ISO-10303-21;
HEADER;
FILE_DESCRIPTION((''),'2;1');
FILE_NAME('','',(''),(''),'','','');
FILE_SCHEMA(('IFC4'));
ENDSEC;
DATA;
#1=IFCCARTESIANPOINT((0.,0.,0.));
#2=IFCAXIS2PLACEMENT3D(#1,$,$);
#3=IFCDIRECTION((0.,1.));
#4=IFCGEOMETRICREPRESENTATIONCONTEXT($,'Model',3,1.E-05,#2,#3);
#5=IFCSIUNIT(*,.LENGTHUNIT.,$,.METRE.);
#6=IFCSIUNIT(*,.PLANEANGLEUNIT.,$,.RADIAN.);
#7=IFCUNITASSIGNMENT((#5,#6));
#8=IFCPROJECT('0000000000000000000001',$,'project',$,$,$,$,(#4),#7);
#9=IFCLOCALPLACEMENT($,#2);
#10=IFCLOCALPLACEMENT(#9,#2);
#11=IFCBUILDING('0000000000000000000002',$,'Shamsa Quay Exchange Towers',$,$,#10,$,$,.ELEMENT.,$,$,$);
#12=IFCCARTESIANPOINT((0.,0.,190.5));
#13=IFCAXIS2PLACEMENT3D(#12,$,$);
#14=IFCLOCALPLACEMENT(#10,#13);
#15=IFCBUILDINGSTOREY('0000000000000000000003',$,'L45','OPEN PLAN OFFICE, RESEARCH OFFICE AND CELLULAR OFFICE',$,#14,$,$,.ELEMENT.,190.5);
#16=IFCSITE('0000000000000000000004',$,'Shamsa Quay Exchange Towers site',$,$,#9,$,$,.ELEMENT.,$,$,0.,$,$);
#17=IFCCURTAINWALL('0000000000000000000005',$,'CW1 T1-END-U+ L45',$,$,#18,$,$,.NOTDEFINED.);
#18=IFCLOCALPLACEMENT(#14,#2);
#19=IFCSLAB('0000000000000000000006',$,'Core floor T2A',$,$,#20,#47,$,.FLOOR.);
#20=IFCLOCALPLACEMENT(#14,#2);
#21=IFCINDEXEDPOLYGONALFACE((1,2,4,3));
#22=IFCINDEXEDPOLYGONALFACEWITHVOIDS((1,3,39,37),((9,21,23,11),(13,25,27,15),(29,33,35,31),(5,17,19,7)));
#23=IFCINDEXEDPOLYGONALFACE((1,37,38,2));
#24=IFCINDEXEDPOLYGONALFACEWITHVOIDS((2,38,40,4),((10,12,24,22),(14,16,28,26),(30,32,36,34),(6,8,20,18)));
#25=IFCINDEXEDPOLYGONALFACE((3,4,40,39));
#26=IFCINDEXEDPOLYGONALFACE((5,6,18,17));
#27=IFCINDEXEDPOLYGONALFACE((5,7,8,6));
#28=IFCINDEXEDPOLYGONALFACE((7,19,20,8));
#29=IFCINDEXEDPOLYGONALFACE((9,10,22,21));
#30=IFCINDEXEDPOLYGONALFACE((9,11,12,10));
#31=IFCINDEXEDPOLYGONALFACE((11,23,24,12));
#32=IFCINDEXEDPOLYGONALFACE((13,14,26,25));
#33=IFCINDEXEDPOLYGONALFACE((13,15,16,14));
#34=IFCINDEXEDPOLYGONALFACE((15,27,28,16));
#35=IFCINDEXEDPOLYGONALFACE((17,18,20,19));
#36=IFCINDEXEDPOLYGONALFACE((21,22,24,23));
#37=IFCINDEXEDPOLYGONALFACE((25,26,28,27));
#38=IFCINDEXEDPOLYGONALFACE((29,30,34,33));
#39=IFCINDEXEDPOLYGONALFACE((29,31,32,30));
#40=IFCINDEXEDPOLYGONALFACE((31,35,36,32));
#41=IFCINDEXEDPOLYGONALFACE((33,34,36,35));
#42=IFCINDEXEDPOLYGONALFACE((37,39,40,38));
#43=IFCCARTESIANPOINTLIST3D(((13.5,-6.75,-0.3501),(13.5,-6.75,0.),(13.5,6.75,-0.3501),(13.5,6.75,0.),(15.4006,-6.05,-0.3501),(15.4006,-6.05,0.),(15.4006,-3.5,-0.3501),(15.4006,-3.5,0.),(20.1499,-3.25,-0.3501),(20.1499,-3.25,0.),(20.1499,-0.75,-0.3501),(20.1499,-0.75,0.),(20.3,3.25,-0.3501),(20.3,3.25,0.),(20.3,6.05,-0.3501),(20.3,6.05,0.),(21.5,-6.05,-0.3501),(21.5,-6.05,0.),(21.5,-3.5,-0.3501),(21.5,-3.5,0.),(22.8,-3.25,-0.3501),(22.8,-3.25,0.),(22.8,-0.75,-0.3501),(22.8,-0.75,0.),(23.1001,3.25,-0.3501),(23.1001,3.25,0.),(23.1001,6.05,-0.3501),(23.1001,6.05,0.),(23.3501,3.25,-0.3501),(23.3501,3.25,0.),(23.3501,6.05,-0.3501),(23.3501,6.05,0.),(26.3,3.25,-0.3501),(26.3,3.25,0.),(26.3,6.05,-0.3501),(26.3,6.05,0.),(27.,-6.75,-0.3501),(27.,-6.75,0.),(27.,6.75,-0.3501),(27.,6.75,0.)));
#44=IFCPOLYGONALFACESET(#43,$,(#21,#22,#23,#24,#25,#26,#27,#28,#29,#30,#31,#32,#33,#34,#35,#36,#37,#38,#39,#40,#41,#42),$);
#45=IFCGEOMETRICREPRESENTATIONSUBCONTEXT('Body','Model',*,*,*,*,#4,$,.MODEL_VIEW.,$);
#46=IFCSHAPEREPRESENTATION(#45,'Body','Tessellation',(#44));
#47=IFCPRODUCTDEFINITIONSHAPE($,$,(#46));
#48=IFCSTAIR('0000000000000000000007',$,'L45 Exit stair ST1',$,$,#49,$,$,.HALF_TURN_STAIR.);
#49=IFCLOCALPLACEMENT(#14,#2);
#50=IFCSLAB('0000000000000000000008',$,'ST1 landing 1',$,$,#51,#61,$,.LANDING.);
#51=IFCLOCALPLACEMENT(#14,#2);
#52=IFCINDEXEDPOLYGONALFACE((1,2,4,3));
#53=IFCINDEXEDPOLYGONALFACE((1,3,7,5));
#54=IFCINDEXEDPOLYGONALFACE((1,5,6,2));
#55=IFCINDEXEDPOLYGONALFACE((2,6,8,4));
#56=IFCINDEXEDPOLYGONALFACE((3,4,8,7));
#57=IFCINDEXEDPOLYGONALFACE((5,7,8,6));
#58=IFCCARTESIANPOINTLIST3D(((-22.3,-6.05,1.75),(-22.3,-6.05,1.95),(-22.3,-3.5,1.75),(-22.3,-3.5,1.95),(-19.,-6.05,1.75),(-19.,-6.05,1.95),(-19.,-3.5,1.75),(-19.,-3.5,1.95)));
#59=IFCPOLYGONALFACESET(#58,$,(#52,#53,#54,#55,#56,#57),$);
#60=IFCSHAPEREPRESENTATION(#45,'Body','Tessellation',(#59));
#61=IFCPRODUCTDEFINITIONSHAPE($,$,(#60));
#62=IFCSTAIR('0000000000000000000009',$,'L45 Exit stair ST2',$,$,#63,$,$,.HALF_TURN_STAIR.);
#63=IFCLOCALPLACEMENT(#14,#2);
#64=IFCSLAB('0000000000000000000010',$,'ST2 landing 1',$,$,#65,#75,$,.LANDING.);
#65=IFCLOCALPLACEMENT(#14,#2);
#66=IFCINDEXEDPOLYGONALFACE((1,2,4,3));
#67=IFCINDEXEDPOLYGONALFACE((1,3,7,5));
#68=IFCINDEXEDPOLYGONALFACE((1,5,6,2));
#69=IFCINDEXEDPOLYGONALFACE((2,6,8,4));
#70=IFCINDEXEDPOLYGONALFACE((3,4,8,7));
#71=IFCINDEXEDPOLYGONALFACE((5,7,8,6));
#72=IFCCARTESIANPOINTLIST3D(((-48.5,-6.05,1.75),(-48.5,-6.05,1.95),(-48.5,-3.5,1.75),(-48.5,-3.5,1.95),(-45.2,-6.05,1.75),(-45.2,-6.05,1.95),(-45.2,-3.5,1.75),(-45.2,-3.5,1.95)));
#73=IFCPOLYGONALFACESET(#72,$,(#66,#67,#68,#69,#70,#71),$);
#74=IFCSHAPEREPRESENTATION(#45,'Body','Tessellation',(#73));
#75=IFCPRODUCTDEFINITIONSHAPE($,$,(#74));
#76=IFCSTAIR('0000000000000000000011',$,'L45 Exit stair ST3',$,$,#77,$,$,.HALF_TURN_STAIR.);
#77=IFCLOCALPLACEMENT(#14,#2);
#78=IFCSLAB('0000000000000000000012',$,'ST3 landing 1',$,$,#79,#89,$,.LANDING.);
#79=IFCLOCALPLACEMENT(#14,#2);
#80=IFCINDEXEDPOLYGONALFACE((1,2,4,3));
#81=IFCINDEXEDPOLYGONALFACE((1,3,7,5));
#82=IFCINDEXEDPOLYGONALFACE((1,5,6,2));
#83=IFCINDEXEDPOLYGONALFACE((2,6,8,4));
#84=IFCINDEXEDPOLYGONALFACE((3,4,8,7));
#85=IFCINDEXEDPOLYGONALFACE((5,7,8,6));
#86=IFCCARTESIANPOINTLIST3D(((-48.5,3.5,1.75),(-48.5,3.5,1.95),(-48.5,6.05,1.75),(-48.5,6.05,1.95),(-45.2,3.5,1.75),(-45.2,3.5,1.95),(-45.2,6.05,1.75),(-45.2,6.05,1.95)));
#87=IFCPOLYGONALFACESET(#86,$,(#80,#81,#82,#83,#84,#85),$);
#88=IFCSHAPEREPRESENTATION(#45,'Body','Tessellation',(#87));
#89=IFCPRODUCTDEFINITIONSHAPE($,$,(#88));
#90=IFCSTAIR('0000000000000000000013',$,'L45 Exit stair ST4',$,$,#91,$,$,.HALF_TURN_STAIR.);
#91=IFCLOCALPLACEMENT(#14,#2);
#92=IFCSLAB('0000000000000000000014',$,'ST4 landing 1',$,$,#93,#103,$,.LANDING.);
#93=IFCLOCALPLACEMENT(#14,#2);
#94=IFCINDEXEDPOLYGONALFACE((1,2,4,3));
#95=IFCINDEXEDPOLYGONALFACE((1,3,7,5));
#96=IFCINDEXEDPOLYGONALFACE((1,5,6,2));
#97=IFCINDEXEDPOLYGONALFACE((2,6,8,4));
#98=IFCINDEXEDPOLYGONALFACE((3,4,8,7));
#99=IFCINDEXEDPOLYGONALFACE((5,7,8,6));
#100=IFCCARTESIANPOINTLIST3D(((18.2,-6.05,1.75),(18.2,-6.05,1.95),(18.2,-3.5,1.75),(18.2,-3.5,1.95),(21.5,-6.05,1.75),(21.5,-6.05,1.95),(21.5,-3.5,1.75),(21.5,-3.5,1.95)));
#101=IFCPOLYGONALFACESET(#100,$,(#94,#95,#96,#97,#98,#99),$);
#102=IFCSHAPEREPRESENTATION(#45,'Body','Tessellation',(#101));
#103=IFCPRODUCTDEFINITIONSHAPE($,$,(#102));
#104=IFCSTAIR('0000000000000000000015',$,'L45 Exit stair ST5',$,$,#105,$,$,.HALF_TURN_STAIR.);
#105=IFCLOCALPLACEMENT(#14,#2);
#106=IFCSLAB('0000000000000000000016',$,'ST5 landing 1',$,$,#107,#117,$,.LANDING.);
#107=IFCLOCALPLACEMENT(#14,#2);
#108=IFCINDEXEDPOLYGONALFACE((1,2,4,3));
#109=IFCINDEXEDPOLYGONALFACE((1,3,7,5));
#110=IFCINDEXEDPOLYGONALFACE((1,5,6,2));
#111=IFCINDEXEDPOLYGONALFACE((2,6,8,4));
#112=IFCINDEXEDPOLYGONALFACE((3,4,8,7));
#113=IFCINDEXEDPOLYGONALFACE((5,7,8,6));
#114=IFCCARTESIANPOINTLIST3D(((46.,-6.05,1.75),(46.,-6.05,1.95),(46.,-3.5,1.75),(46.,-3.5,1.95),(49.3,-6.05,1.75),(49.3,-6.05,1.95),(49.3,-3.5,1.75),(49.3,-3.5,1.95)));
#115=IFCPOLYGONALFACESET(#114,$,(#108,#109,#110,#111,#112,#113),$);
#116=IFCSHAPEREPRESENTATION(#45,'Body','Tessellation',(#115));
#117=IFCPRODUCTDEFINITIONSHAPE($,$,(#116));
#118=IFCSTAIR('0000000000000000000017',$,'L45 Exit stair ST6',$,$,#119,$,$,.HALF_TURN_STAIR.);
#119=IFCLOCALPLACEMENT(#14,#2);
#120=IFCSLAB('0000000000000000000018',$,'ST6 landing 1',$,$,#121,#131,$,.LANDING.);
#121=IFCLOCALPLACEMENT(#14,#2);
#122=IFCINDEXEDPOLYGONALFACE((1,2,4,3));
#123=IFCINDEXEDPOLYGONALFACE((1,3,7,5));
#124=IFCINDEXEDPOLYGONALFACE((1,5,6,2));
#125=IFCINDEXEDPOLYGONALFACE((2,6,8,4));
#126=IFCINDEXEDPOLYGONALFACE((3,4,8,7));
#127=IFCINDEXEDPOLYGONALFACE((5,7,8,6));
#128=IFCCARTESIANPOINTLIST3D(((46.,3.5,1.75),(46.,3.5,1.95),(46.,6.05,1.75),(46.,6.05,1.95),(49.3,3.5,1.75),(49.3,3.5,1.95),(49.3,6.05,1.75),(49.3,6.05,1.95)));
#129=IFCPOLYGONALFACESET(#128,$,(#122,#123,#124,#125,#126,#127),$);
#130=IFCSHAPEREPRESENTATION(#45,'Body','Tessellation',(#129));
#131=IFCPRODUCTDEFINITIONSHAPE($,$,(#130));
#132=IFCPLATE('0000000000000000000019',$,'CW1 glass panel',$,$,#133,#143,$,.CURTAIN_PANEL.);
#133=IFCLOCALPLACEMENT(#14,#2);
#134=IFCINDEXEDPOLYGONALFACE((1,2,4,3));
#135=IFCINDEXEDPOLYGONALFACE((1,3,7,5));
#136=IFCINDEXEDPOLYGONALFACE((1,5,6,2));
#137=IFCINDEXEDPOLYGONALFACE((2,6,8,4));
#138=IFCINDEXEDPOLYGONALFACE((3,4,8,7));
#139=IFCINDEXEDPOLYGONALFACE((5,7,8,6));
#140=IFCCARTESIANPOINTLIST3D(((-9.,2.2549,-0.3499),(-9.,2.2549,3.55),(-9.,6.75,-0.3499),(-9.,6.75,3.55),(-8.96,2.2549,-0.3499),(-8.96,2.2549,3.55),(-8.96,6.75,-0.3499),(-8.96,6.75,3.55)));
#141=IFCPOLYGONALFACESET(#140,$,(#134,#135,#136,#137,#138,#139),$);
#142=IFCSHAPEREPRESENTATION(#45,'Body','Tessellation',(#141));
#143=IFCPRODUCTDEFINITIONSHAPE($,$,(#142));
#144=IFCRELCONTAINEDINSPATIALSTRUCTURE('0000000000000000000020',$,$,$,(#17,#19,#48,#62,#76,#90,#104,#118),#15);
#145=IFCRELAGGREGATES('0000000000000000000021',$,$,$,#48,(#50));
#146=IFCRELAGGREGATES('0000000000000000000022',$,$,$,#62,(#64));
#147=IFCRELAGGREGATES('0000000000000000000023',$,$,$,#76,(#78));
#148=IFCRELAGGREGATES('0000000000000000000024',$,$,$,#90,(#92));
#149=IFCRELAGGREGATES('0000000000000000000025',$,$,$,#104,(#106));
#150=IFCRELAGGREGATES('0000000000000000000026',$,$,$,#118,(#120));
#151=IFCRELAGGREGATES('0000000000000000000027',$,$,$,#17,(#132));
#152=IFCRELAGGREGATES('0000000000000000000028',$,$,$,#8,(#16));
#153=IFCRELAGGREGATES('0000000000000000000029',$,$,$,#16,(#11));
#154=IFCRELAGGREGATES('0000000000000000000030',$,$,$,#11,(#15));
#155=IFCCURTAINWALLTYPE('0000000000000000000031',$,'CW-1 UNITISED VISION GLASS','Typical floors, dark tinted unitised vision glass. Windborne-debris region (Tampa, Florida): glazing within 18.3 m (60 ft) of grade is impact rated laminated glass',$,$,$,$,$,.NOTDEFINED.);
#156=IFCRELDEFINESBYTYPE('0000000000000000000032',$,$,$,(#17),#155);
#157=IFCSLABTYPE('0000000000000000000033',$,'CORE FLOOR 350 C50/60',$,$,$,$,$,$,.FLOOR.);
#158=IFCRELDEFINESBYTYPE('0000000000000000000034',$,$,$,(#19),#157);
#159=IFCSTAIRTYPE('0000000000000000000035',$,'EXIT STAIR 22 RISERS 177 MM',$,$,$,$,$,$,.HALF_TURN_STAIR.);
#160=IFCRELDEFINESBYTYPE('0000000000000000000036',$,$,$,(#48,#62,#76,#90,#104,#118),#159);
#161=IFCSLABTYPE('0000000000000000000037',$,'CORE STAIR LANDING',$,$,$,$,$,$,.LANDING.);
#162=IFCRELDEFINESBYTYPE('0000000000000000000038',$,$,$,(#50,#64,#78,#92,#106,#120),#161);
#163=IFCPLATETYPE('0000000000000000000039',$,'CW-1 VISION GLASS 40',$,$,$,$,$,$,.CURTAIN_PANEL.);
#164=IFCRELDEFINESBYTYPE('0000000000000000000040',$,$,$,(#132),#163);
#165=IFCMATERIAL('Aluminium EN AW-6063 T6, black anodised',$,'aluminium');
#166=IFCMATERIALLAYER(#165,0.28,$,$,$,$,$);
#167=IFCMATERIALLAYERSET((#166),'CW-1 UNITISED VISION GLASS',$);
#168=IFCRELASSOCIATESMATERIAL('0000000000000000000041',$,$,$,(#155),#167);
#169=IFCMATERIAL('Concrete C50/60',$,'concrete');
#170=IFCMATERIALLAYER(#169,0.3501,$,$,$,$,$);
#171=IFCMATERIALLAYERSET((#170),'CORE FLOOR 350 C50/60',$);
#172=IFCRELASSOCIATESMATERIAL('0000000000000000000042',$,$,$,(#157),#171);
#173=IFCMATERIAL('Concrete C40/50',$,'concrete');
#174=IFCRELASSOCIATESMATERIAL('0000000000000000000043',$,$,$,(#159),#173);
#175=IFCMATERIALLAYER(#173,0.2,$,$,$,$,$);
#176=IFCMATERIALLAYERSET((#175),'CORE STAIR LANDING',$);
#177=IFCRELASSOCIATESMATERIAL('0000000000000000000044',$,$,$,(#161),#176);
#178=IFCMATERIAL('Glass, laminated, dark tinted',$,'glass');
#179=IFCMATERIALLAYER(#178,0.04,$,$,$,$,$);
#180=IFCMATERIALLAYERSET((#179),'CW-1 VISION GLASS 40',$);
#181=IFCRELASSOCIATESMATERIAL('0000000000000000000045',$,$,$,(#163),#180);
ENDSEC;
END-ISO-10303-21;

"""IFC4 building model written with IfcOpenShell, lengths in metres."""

from ifc_helpers import new_model, si_unit, direction, frame, origin, origin_2d, place, context, subcontext, project, spatial, polyline, rectangle, outline, extrude, material, layer, layer_set, type_object, element, aggregate, save


model = new_model("IFC4")

# Units and contexts
model_context = context("Model", 3, precision=1e-05, world=origin(), true_north=direction((0.0, 1.0)))
body_context = subcontext(model_context, "Body", "Model", "MODEL_VIEW")
ifc_project = project(units=[si_unit("LENGTHUNIT", "METRE"), si_unit("PLANEANGLEUNIT", "RADIAN")], contexts=[model_context])

# Site, building, storey
site_placement = place(None, origin())
site = spatial("IfcSite", under=ifc_project, at=site_placement, Name="Shamsa Quay Exchange Towers site", CompositionType="ELEMENT", RefElevation=0.0)
building_placement = place(site_placement, origin())
building = spatial("IfcBuilding", under=site, at=building_placement, Name="Shamsa Quay Exchange Towers", CompositionType="ELEMENT")
storey_placement = place(building_placement, frame((0.0, 0.0, 190.5)))
storey = spatial("IfcBuildingStorey", under=building, at=storey_placement, Name="L45", Description="OPEN PLAN OFFICE, RESEARCH OFFICE AND CELLULAR OFFICE", CompositionType="ELEMENT", Elevation=190.5)

# Curtain wall
ifc_material_1 = material(Name="Aluminium EN AW-6063 T6, black anodised", Category="aluminium")
ifc_layer_1 = layer(ifc_material_1, 0.28)
ifc_layer_set_1 = layer_set([ifc_layer_1], Name="CW-1 UNITISED VISION GLASS")
curtain_wall_type = type_object("IfcCurtainWallType", Name="CW-1 UNITISED VISION GLASS", Description="Typical floors, dark tinted unitised vision glass. Windborne-debris region (Tampa, Florida): glazing within 18.3 m (60 ft) of grade is impact rated laminated glass", PredefinedType="NOTDEFINED", material=ifc_layer_set_1)
curtain_wall_placement = place(storey_placement, origin())
curtain_wall = element("IfcCurtainWall", 1, at=curtain_wall_placement, inside=storey, type_object=curtain_wall_type, Name="CW1 T1-END-U+ L45", PredefinedType="NOTDEFINED")

# Slab
ifc_material_2 = material(Name="Concrete C50/60", Category="concrete")
ifc_layer_2 = layer(ifc_material_2, 0.3501)
ifc_layer_set_2 = layer_set([ifc_layer_2], Name="CORE FLOOR 350 C50/60")
slab_type_1 = type_object("IfcSlabType", Name="CORE FLOOR 350 C50/60", PredefinedType="FLOOR", material=ifc_layer_set_2)
slab_1_placement = place(storey_placement, frame((0.0, 0.0, -0.3501)))
element("IfcSlab", 2, at=slab_1_placement, inside=storey, type_object=slab_type_1, Name="Core floor T2A", PredefinedType="FLOOR", context=body_context, shape_type="SweptSolid", body=[
    extrude(outline(polyline([(13.5, -6.75), (27.0, -6.75), (27.0, 6.75), (13.5, 6.75), (13.5, -6.75)]), holes=[polyline([(15.4006, -6.05), (15.4006, -3.5), (21.5, -3.5), (21.5, -6.05), (15.4006, -6.05)]), polyline([(20.3, 3.25), (20.3, 6.05), (23.1001, 6.05), (23.1001, 3.25), (20.3, 3.25)]), polyline([(23.3501, 3.25), (23.3501, 6.05), (26.3, 6.05), (26.3, 3.25), (23.3501, 3.25)]), polyline([(20.1499, -3.25), (20.1499, -0.75), (22.8, -0.75), (22.8, -3.25), (20.1499, -3.25)])]), origin(), (0.0, 0.0, 1.0), 0.3501),
])

# Stairs, slabs
ifc_material_3 = material(Name="Concrete C40/50", Category="concrete")
stair_type = type_object("IfcStairType", Name="EXIT STAIR 22 RISERS 177 MM", PredefinedType="HALF_TURN_STAIR", material=ifc_material_3)
stair_1_placement = place(storey_placement, origin())
stair_1 = element("IfcStair", 3, at=stair_1_placement, inside=storey, type_object=stair_type, Name="L45 Exit stair ST1", PredefinedType="HALF_TURN_STAIR")
ifc_layer_3 = layer(ifc_material_3, 0.2)
ifc_layer_set_3 = layer_set([ifc_layer_3], Name="CORE STAIR LANDING")
slab_type_2 = type_object("IfcSlabType", Name="CORE STAIR LANDING", PredefinedType="LANDING", material=ifc_layer_set_3)
slab_2_placement = place(storey_placement, frame((0.0, 0.0, 1.75)))
slab_2 = element("IfcSlab", 4, at=slab_2_placement, type_object=slab_type_2, Name="ST1 landing 1", PredefinedType="LANDING", context=body_context, shape_type="SweptSolid", body=[
    extrude(outline(polyline([(-22.3, -6.05), (-19.0, -6.05), (-19.0, -3.5), (-22.3, -3.5), (-22.3, -6.05)])), origin(), (0.0, 0.0, 1.0), 0.2),
])
aggregate(stair_1, [slab_2])
stair_2_placement = place(storey_placement, origin())
stair_2 = element("IfcStair", 5, at=stair_2_placement, inside=storey, type_object=stair_type, Name="L45 Exit stair ST2", PredefinedType="HALF_TURN_STAIR")
slab_3_placement = place(storey_placement, frame((0.0, 0.0, 1.75)))
slab_3 = element("IfcSlab", 6, at=slab_3_placement, type_object=slab_type_2, Name="ST2 landing 1", PredefinedType="LANDING", context=body_context, shape_type="SweptSolid", body=[
    extrude(outline(polyline([(-45.2, -3.5), (-48.5, -3.5), (-48.5, -6.05), (-45.2, -6.05), (-45.2, -3.5)])), origin(), (0.0, 0.0, 1.0), 0.2),
])
aggregate(stair_2, [slab_3])
stair_3_placement = place(storey_placement, origin())
stair_3 = element("IfcStair", 7, at=stair_3_placement, inside=storey, type_object=stair_type, Name="L45 Exit stair ST3", PredefinedType="HALF_TURN_STAIR")
slab_4_placement = place(storey_placement, frame((0.0, 0.0, 1.75)))
slab_4 = element("IfcSlab", 8, at=slab_4_placement, type_object=slab_type_2, Name="ST3 landing 1", PredefinedType="LANDING", context=body_context, shape_type="SweptSolid", body=[
    extrude(outline(polyline([(-45.2, 6.05), (-48.5, 6.05), (-48.5, 3.5), (-45.2, 3.5), (-45.2, 6.05)])), origin(), (0.0, 0.0, 1.0), 0.2),
])
aggregate(stair_3, [slab_4])
stair_4_placement = place(storey_placement, origin())
stair_4 = element("IfcStair", 9, at=stair_4_placement, inside=storey, type_object=stair_type, Name="L45 Exit stair ST4", PredefinedType="HALF_TURN_STAIR")
slab_5_placement = place(storey_placement, frame((0.0, 0.0, 1.75)))
slab_5 = element("IfcSlab", 10, at=slab_5_placement, type_object=slab_type_2, Name="ST4 landing 1", PredefinedType="LANDING", context=body_context, shape_type="SweptSolid", body=[
    extrude(outline(polyline([(18.2, -6.05), (21.5, -6.05), (21.5, -3.5), (18.2, -3.5), (18.2, -6.05)])), origin(), (0.0, 0.0, 1.0), 0.2),
])
aggregate(stair_4, [slab_5])
stair_5_placement = place(storey_placement, origin())
stair_5 = element("IfcStair", 11, at=stair_5_placement, inside=storey, type_object=stair_type, Name="L45 Exit stair ST5", PredefinedType="HALF_TURN_STAIR")
slab_6_placement = place(storey_placement, frame((0.0, 0.0, 1.75)))
slab_6 = element("IfcSlab", 12, at=slab_6_placement, type_object=slab_type_2, Name="ST5 landing 1", PredefinedType="LANDING", context=body_context, shape_type="SweptSolid", body=[
    extrude(outline(polyline([(49.3, -3.5), (46.0, -3.5), (46.0, -6.05), (49.3, -6.05), (49.3, -3.5)])), origin(), (0.0, 0.0, 1.0), 0.2),
])
aggregate(stair_5, [slab_6])
stair_6_placement = place(storey_placement, origin())
stair_6 = element("IfcStair", 13, at=stair_6_placement, inside=storey, type_object=stair_type, Name="L45 Exit stair ST6", PredefinedType="HALF_TURN_STAIR")
slab_7_placement = place(storey_placement, frame((0.0, 0.0, 1.75)))
slab_7 = element("IfcSlab", 14, at=slab_7_placement, type_object=slab_type_2, Name="ST6 landing 1", PredefinedType="LANDING", context=body_context, shape_type="SweptSolid", body=[
    extrude(outline(polyline([(49.3, 6.05), (46.0, 6.05), (46.0, 3.5), (49.3, 3.5), (49.3, 6.05)])), origin(), (0.0, 0.0, 1.0), 0.2),
])
aggregate(stair_6, [slab_7])

# Plate
ifc_material_4 = material(Name="Glass, laminated, dark tinted", Category="glass")
ifc_layer_4 = layer(ifc_material_4, 0.04)
ifc_layer_set_4 = layer_set([ifc_layer_4], Name="CW-1 VISION GLASS 40")
plate_type = type_object("IfcPlateType", Name="CW-1 VISION GLASS 40", PredefinedType="CURTAIN_PANEL", material=ifc_layer_set_4)
plate_placement = place(storey_placement, frame((-8.98, 4.5024, -0.3499), z_axis=(0.0, 0.0, 1.0), x_axis=(0.0, 1.0, 0.0)))
plate = element("IfcPlate", 15, at=plate_placement, type_object=plate_type, Name="CW1 glass panel", PredefinedType="CURTAIN_PANEL", context=body_context, shape_type="SweptSolid", body=[
    extrude(rectangle(XDim=4.4951, YDim=0.04, at=origin_2d()), origin(), (0.0, 0.0, 1.0), 3.8999),
])
aggregate(curtain_wall, [plate])

save(model, "model.ifc")
